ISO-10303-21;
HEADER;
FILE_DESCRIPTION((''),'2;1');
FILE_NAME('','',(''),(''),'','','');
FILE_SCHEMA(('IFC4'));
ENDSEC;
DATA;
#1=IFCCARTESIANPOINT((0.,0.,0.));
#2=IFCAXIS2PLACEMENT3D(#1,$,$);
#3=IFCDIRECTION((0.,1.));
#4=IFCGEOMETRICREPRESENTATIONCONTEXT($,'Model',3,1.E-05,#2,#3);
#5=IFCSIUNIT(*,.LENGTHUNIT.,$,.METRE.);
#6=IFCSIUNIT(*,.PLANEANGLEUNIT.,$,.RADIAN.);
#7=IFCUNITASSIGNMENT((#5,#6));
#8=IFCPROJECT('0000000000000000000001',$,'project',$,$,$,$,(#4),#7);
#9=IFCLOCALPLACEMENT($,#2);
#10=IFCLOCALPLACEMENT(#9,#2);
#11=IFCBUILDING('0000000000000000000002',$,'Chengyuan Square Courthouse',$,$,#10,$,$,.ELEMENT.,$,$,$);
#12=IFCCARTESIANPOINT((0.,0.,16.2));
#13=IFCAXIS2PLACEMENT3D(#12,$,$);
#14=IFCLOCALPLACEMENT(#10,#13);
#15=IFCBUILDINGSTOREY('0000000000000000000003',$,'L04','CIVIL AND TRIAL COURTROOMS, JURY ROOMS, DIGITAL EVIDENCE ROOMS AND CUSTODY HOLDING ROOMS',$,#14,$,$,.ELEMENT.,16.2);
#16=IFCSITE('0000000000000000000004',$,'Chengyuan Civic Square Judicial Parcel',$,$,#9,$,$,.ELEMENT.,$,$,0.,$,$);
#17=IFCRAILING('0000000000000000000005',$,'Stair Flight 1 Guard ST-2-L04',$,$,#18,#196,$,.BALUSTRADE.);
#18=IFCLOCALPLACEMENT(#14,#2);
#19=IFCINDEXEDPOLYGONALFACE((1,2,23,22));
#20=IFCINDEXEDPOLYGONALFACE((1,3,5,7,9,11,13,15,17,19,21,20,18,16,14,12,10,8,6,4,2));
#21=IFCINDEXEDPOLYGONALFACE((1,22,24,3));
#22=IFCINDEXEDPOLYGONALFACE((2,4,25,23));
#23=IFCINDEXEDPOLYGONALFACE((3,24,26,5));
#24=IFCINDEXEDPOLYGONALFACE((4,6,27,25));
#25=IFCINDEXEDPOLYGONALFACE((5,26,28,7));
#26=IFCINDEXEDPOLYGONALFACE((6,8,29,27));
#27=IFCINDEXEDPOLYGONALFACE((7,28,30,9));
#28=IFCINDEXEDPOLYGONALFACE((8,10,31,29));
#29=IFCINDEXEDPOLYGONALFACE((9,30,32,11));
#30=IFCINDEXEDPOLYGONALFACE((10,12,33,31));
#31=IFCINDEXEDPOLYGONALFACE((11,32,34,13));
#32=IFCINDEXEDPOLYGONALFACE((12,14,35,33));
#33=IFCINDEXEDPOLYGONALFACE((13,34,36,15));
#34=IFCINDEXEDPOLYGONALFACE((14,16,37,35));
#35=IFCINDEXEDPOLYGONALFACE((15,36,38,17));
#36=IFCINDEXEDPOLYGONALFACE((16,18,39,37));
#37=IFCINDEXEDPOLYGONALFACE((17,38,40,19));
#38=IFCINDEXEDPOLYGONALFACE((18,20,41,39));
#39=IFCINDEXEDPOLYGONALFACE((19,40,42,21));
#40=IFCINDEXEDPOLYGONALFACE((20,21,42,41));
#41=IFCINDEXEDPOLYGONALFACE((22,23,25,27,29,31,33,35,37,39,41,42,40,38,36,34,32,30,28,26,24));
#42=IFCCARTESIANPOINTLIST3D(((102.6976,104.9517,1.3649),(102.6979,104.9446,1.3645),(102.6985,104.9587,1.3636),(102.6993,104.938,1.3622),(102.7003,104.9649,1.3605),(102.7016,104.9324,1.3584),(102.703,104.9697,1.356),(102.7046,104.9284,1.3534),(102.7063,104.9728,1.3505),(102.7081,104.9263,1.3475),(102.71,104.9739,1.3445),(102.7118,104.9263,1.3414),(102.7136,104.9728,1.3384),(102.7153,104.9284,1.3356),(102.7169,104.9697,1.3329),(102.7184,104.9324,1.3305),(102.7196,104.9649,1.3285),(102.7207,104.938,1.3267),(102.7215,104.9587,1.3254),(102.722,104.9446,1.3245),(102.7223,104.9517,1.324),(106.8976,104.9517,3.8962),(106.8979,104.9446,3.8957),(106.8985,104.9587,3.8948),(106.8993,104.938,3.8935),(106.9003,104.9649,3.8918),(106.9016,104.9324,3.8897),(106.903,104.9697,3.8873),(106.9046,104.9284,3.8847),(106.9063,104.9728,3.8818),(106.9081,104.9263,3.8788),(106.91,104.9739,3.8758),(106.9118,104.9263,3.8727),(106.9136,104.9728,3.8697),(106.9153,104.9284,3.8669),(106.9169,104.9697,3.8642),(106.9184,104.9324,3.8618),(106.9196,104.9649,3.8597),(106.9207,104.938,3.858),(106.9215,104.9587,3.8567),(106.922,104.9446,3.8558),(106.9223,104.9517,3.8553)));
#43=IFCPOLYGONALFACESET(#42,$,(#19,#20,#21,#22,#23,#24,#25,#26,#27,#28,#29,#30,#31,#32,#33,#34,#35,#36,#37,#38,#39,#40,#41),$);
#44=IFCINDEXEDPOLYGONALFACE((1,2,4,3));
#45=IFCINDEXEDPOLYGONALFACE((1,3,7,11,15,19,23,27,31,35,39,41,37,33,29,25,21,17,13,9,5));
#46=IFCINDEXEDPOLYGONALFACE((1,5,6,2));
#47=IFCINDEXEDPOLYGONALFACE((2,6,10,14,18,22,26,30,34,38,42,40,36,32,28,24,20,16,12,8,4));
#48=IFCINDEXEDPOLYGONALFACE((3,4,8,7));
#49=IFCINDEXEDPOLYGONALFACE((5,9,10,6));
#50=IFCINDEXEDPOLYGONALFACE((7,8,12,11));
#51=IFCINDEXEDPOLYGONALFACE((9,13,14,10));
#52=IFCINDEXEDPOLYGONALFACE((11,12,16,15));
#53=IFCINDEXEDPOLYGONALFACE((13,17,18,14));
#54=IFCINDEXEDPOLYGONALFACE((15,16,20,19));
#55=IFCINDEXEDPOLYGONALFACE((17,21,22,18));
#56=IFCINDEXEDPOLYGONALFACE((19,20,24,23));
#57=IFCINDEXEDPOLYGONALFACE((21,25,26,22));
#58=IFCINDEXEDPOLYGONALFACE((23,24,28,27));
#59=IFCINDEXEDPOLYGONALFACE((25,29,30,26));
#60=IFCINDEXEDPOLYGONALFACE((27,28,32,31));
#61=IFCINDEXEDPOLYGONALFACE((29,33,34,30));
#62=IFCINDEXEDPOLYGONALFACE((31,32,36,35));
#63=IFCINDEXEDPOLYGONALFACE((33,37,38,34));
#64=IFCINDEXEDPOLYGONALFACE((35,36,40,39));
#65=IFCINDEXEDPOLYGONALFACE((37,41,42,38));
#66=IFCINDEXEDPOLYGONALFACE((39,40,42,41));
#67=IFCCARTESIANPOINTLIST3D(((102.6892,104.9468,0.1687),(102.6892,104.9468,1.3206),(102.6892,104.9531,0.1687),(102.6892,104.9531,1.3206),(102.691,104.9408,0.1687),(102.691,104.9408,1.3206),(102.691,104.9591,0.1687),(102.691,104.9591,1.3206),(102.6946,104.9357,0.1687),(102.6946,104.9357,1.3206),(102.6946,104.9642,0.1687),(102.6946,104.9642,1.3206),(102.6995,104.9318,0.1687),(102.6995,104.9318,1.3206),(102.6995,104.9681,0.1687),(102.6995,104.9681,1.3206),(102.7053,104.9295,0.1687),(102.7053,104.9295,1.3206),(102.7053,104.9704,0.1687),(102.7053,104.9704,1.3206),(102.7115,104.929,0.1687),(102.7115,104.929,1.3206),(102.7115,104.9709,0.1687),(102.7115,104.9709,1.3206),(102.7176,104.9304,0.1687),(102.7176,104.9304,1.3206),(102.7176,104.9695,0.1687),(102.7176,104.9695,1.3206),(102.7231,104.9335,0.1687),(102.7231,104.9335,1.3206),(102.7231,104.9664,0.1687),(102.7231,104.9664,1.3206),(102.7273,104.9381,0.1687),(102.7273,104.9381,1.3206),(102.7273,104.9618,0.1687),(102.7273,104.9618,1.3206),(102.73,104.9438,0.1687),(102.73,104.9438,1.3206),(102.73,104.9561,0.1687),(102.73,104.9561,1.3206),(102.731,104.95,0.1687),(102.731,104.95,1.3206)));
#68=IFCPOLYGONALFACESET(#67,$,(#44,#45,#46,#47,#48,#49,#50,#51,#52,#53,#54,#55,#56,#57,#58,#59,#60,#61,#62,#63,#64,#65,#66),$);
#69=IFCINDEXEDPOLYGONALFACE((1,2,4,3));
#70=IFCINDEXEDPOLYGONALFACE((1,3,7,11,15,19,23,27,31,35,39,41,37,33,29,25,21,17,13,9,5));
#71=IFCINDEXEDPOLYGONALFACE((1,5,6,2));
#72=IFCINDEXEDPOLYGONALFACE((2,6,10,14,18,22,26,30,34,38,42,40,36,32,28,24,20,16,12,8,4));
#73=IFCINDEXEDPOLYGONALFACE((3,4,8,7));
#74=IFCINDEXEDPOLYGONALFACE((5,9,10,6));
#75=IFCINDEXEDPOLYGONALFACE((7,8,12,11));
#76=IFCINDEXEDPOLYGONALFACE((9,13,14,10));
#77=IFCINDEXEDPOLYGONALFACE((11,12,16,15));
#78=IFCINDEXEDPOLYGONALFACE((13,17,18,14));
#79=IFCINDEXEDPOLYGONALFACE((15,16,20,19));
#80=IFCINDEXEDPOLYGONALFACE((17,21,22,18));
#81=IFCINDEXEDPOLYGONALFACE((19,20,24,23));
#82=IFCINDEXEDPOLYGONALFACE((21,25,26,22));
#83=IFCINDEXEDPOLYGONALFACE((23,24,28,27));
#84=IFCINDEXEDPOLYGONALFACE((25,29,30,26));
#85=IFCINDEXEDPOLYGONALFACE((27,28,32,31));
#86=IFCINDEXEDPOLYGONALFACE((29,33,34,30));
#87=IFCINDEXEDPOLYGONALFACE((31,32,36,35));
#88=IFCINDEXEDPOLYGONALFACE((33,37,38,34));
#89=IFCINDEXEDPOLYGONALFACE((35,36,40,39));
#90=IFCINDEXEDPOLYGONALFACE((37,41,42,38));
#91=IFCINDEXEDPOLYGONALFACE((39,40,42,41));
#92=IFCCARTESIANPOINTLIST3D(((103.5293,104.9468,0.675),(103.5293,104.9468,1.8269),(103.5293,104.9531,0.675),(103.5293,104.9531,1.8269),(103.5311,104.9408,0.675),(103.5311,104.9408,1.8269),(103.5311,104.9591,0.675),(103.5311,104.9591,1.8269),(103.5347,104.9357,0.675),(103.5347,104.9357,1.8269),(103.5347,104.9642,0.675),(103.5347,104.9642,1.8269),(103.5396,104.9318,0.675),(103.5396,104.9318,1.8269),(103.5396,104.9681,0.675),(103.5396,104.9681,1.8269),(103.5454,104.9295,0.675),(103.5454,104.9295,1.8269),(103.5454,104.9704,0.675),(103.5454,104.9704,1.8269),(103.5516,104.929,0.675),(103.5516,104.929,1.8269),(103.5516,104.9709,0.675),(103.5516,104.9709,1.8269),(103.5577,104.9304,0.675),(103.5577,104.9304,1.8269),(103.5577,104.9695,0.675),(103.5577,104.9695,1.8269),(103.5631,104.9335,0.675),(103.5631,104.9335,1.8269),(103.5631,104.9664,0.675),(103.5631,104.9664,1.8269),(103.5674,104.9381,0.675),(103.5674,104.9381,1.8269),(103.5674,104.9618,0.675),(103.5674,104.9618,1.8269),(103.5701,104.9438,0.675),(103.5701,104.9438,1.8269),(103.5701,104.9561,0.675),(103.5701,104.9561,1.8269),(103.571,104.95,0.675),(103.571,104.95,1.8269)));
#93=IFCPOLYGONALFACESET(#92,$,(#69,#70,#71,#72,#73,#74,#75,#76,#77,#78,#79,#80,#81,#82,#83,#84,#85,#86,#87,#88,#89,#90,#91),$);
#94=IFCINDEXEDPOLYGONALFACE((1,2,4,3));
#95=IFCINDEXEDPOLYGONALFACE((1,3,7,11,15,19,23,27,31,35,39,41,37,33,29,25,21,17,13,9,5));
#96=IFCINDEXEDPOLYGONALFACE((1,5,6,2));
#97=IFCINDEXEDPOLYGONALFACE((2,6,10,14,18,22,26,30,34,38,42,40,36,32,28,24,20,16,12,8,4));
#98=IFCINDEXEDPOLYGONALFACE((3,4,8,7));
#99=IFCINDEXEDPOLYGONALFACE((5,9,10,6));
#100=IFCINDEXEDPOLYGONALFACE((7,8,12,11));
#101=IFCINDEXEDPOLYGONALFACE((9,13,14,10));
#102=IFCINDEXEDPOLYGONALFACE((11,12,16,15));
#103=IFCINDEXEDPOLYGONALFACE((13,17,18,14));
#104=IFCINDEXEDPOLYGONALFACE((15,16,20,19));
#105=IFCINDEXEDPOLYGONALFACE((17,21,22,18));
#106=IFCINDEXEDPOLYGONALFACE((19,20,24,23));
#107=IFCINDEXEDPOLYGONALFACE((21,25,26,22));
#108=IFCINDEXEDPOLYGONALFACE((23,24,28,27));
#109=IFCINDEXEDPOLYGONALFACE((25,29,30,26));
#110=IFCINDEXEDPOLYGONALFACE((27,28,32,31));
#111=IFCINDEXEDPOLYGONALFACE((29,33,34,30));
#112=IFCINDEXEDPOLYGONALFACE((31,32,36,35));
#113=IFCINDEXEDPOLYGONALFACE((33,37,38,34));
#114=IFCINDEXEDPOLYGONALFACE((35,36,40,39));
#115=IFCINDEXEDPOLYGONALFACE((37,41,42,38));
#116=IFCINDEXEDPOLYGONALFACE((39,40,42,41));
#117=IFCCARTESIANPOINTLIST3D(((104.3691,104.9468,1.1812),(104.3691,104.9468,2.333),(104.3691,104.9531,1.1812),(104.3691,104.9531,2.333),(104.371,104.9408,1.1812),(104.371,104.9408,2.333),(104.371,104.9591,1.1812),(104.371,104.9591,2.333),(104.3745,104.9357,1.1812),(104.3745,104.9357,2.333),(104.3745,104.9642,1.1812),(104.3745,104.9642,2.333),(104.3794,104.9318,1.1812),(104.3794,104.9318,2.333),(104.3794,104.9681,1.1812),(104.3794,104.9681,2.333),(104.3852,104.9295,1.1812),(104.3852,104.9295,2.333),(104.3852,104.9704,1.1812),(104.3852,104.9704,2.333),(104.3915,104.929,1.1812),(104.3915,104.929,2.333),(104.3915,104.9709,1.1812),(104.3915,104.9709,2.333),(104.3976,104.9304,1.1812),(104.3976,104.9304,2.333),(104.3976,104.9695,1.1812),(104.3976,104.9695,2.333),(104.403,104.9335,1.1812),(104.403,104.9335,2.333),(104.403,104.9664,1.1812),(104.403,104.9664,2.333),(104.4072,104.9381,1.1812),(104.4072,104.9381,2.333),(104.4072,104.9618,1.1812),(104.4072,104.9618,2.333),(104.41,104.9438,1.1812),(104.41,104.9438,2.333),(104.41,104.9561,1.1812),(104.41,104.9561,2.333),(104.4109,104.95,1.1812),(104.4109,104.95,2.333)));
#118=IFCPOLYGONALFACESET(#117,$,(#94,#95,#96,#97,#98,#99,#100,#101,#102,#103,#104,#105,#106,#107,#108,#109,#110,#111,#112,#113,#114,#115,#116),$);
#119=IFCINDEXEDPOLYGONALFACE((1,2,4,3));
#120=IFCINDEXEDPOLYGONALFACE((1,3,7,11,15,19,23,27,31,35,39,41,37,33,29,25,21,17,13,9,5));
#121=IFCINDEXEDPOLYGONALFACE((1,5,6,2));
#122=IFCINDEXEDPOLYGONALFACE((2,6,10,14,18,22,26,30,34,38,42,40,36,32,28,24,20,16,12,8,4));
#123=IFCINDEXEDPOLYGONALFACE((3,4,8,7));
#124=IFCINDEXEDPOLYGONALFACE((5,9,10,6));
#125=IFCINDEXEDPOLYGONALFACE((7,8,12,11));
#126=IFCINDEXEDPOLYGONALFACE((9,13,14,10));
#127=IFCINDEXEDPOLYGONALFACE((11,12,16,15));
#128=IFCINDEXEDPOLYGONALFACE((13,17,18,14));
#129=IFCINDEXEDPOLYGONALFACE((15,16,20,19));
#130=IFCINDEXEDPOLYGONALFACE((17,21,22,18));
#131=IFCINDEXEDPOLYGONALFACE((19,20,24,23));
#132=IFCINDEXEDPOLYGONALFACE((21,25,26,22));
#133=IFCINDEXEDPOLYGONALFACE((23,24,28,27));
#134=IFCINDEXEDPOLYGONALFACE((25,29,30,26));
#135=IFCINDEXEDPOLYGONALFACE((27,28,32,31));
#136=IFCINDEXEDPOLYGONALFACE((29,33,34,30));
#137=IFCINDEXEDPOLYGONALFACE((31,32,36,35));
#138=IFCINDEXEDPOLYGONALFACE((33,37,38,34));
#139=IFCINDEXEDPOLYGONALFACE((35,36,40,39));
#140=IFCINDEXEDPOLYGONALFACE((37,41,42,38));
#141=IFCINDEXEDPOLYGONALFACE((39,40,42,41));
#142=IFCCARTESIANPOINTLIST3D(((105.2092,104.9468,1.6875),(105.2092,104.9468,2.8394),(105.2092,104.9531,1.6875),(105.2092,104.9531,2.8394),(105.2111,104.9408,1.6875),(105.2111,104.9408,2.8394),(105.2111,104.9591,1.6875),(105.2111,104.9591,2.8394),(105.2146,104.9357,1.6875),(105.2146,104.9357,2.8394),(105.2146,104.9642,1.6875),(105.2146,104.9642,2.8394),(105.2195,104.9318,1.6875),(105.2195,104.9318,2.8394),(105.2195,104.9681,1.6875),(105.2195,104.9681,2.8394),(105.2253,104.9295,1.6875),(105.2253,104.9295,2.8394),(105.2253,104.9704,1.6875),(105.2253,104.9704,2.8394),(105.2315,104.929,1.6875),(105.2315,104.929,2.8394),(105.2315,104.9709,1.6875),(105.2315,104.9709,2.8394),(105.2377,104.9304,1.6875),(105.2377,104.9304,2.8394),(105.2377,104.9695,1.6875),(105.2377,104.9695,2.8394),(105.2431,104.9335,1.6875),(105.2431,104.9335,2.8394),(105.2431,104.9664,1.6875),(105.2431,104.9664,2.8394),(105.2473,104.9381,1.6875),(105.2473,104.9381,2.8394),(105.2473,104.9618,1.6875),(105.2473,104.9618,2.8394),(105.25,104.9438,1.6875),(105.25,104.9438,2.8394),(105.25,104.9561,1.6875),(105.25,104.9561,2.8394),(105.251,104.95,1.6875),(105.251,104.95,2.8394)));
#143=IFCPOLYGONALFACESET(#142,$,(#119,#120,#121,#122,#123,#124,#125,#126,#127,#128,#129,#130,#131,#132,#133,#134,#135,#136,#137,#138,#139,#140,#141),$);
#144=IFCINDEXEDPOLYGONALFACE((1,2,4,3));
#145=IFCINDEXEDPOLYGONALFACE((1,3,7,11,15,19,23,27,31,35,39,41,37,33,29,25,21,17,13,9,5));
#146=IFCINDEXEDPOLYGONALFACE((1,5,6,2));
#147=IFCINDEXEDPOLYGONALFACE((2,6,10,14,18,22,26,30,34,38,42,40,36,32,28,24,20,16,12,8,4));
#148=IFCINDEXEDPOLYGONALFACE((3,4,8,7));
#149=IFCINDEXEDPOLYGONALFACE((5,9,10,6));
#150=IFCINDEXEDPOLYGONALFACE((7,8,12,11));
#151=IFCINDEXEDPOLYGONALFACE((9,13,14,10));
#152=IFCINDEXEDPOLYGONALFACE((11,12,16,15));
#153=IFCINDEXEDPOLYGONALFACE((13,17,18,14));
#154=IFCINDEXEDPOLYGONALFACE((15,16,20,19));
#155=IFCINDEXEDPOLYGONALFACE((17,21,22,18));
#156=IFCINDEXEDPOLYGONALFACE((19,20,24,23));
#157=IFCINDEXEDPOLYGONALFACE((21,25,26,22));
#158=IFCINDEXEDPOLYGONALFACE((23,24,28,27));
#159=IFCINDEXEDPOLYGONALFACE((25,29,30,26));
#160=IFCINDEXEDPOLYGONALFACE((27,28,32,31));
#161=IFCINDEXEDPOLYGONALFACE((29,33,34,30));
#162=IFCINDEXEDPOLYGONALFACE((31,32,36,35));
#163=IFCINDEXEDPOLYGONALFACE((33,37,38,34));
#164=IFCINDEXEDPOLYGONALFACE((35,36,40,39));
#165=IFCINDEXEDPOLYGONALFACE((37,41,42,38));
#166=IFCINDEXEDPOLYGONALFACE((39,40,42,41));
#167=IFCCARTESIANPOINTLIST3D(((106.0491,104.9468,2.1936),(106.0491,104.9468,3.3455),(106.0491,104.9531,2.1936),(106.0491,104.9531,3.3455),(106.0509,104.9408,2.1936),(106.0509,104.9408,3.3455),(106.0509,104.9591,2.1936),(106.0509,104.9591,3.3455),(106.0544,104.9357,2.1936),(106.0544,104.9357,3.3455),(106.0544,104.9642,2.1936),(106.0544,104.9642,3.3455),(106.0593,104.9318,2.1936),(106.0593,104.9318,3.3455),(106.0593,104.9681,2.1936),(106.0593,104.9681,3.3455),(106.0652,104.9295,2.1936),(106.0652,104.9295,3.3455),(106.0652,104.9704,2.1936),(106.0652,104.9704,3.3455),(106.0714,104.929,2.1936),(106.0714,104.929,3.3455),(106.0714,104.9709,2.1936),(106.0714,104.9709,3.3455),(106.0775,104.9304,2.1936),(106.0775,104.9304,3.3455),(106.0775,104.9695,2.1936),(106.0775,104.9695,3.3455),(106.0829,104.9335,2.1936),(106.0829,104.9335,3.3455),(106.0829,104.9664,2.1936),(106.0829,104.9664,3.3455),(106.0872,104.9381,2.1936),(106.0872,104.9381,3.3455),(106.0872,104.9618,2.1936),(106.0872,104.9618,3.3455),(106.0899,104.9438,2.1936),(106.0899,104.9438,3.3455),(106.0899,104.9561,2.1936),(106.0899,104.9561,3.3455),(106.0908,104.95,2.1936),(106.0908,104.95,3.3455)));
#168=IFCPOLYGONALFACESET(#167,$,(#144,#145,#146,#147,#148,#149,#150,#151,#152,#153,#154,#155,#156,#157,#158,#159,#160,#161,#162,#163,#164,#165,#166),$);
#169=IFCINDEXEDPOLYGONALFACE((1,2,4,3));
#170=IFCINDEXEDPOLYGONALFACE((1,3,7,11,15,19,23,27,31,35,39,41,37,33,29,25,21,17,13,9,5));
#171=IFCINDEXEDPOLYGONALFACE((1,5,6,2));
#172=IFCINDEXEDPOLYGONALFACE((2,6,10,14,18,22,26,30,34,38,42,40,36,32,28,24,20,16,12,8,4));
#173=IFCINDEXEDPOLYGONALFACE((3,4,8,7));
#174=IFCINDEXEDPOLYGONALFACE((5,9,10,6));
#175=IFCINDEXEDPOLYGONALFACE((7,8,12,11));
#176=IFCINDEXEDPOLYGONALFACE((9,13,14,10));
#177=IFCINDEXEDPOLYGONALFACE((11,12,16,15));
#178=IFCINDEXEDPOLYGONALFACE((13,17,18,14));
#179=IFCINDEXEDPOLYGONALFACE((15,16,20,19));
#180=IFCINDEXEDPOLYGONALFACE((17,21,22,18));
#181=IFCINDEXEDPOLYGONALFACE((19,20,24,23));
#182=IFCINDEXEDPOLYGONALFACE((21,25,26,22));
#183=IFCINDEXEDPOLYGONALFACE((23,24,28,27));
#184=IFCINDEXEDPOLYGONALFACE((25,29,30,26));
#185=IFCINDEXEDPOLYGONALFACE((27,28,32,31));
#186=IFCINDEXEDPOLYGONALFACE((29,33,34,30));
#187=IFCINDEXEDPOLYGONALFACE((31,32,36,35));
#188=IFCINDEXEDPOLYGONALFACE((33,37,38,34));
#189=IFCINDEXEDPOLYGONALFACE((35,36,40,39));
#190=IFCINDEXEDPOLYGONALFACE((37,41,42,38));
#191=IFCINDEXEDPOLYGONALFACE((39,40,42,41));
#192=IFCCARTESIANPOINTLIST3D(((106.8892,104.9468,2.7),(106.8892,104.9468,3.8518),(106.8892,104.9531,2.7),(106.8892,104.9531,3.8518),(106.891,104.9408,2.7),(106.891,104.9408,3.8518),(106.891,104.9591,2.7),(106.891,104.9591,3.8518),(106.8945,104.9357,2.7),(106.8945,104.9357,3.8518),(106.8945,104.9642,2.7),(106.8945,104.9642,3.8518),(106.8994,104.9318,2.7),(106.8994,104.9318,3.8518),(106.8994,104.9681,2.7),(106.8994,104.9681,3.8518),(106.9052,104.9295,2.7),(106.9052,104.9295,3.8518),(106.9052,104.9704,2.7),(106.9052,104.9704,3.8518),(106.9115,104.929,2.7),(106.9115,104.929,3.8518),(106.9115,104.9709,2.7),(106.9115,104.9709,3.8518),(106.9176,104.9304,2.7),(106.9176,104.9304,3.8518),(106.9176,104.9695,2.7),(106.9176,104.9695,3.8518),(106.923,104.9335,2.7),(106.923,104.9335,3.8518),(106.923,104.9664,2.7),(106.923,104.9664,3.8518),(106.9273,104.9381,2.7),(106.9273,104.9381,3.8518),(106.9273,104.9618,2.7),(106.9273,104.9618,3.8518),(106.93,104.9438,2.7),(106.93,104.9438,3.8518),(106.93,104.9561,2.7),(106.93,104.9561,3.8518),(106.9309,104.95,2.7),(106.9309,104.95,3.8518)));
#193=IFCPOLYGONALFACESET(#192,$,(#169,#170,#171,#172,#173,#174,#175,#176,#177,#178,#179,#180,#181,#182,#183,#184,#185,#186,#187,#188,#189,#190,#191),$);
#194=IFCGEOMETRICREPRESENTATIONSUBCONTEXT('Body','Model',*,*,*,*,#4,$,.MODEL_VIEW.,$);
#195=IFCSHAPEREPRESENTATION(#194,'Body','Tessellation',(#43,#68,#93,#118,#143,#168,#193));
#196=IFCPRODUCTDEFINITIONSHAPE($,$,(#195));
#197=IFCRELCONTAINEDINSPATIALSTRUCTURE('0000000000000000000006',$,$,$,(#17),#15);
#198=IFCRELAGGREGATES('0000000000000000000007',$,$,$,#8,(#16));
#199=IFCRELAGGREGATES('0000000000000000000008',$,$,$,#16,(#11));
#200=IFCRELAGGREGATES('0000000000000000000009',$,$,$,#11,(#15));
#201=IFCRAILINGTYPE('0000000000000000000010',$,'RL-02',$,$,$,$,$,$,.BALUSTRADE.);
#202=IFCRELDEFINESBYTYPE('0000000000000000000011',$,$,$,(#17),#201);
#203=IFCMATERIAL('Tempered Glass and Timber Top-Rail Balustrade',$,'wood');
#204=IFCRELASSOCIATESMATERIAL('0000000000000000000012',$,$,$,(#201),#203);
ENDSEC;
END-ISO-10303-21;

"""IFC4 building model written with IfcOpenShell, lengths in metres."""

from ifc_helpers import new_model, si_unit, direction, frame, origin, origin_2d, place, context, subcontext, project, spatial, circle, extrude, material, type_object, element, save


model = new_model("IFC4")

# Units and contexts
model_context = context("Model", 3, precision=1e-05, world=origin(), true_north=direction((0.0, 1.0)))
body_context = subcontext(model_context, "Body", "Model", "MODEL_VIEW")
ifc_project = project(units=[si_unit("LENGTHUNIT", "METRE"), si_unit("PLANEANGLEUNIT", "RADIAN")], contexts=[model_context])

# Site, building, storey
site_placement = place(None, origin())
site = spatial("IfcSite", under=ifc_project, at=site_placement, Name="Chengyuan Civic Square Judicial Parcel", CompositionType="ELEMENT", RefElevation=0.0)
building_placement = place(site_placement, origin())
building = spatial("IfcBuilding", under=site, at=building_placement, Name="Chengyuan Square Courthouse", CompositionType="ELEMENT")
storey_placement = place(building_placement, frame((0.0, 0.0, 16.2)))
storey = spatial("IfcBuildingStorey", under=building, at=storey_placement, Name="L04", Description="CIVIL AND TRIAL COURTROOMS, JURY ROOMS, DIGITAL EVIDENCE ROOMS AND CUSTODY HOLDING ROOMS", CompositionType="ELEMENT", Elevation=16.2)

# Railing
ifc_material_1 = material(Name="Tempered Glass and Timber Top-Rail Balustrade", Category="wood")
railing_type_1 = type_object("IfcRailingType", Name="RL-02", PredefinedType="BALUSTRADE", material=ifc_material_1)
railing_1_placement = place(storey_placement, frame((102.71, 104.95, 0.1687)))
element("IfcRailing", 1, at=railing_1_placement, inside=storey, type_object=railing_type_1, Name="Stair Flight 1 Guard ST-2-L04", PredefinedType="BALUSTRADE", context=body_context, shape_type="SweptSolid", body=[
    extrude(circle(Radius=0.0239, at=origin_2d()), frame((0.0, 0.0, 1.1758), z_axis=(0.856476, 0.0, 0.516186), x_axis=(0.0, 1.0, 0.0)), (0.0, 0.0, 1.0), 4.9038),
    extrude(circle(Radius=0.021, at=origin_2d()), origin(), (0.0, 0.0, 1.0), 1.1519),
    extrude(circle(Radius=0.021, at=origin_2d()), frame((0.8401, 0.0, 0.5063)), (0.0, 0.0, 1.0), 1.1519),
    extrude(circle(Radius=0.021, at=origin_2d()), frame((1.6799, 0.0, 1.0125)), (0.0, 0.0, 1.0), 1.1519),
    extrude(circle(Radius=0.021, at=origin_2d()), frame((2.52, 0.0, 1.5188)), (0.0, 0.0, 1.0), 1.1519),
    extrude(circle(Radius=0.021, at=origin_2d()), frame((3.3599, 0.0, 2.0249)), (0.0, 0.0, 1.0), 1.1519),
    extrude(circle(Radius=0.021, at=origin_2d()), frame((4.2, 0.0, 2.5312)), (0.0, 0.0, 1.0), 1.1519),
])

save(model, "model.ifc")
